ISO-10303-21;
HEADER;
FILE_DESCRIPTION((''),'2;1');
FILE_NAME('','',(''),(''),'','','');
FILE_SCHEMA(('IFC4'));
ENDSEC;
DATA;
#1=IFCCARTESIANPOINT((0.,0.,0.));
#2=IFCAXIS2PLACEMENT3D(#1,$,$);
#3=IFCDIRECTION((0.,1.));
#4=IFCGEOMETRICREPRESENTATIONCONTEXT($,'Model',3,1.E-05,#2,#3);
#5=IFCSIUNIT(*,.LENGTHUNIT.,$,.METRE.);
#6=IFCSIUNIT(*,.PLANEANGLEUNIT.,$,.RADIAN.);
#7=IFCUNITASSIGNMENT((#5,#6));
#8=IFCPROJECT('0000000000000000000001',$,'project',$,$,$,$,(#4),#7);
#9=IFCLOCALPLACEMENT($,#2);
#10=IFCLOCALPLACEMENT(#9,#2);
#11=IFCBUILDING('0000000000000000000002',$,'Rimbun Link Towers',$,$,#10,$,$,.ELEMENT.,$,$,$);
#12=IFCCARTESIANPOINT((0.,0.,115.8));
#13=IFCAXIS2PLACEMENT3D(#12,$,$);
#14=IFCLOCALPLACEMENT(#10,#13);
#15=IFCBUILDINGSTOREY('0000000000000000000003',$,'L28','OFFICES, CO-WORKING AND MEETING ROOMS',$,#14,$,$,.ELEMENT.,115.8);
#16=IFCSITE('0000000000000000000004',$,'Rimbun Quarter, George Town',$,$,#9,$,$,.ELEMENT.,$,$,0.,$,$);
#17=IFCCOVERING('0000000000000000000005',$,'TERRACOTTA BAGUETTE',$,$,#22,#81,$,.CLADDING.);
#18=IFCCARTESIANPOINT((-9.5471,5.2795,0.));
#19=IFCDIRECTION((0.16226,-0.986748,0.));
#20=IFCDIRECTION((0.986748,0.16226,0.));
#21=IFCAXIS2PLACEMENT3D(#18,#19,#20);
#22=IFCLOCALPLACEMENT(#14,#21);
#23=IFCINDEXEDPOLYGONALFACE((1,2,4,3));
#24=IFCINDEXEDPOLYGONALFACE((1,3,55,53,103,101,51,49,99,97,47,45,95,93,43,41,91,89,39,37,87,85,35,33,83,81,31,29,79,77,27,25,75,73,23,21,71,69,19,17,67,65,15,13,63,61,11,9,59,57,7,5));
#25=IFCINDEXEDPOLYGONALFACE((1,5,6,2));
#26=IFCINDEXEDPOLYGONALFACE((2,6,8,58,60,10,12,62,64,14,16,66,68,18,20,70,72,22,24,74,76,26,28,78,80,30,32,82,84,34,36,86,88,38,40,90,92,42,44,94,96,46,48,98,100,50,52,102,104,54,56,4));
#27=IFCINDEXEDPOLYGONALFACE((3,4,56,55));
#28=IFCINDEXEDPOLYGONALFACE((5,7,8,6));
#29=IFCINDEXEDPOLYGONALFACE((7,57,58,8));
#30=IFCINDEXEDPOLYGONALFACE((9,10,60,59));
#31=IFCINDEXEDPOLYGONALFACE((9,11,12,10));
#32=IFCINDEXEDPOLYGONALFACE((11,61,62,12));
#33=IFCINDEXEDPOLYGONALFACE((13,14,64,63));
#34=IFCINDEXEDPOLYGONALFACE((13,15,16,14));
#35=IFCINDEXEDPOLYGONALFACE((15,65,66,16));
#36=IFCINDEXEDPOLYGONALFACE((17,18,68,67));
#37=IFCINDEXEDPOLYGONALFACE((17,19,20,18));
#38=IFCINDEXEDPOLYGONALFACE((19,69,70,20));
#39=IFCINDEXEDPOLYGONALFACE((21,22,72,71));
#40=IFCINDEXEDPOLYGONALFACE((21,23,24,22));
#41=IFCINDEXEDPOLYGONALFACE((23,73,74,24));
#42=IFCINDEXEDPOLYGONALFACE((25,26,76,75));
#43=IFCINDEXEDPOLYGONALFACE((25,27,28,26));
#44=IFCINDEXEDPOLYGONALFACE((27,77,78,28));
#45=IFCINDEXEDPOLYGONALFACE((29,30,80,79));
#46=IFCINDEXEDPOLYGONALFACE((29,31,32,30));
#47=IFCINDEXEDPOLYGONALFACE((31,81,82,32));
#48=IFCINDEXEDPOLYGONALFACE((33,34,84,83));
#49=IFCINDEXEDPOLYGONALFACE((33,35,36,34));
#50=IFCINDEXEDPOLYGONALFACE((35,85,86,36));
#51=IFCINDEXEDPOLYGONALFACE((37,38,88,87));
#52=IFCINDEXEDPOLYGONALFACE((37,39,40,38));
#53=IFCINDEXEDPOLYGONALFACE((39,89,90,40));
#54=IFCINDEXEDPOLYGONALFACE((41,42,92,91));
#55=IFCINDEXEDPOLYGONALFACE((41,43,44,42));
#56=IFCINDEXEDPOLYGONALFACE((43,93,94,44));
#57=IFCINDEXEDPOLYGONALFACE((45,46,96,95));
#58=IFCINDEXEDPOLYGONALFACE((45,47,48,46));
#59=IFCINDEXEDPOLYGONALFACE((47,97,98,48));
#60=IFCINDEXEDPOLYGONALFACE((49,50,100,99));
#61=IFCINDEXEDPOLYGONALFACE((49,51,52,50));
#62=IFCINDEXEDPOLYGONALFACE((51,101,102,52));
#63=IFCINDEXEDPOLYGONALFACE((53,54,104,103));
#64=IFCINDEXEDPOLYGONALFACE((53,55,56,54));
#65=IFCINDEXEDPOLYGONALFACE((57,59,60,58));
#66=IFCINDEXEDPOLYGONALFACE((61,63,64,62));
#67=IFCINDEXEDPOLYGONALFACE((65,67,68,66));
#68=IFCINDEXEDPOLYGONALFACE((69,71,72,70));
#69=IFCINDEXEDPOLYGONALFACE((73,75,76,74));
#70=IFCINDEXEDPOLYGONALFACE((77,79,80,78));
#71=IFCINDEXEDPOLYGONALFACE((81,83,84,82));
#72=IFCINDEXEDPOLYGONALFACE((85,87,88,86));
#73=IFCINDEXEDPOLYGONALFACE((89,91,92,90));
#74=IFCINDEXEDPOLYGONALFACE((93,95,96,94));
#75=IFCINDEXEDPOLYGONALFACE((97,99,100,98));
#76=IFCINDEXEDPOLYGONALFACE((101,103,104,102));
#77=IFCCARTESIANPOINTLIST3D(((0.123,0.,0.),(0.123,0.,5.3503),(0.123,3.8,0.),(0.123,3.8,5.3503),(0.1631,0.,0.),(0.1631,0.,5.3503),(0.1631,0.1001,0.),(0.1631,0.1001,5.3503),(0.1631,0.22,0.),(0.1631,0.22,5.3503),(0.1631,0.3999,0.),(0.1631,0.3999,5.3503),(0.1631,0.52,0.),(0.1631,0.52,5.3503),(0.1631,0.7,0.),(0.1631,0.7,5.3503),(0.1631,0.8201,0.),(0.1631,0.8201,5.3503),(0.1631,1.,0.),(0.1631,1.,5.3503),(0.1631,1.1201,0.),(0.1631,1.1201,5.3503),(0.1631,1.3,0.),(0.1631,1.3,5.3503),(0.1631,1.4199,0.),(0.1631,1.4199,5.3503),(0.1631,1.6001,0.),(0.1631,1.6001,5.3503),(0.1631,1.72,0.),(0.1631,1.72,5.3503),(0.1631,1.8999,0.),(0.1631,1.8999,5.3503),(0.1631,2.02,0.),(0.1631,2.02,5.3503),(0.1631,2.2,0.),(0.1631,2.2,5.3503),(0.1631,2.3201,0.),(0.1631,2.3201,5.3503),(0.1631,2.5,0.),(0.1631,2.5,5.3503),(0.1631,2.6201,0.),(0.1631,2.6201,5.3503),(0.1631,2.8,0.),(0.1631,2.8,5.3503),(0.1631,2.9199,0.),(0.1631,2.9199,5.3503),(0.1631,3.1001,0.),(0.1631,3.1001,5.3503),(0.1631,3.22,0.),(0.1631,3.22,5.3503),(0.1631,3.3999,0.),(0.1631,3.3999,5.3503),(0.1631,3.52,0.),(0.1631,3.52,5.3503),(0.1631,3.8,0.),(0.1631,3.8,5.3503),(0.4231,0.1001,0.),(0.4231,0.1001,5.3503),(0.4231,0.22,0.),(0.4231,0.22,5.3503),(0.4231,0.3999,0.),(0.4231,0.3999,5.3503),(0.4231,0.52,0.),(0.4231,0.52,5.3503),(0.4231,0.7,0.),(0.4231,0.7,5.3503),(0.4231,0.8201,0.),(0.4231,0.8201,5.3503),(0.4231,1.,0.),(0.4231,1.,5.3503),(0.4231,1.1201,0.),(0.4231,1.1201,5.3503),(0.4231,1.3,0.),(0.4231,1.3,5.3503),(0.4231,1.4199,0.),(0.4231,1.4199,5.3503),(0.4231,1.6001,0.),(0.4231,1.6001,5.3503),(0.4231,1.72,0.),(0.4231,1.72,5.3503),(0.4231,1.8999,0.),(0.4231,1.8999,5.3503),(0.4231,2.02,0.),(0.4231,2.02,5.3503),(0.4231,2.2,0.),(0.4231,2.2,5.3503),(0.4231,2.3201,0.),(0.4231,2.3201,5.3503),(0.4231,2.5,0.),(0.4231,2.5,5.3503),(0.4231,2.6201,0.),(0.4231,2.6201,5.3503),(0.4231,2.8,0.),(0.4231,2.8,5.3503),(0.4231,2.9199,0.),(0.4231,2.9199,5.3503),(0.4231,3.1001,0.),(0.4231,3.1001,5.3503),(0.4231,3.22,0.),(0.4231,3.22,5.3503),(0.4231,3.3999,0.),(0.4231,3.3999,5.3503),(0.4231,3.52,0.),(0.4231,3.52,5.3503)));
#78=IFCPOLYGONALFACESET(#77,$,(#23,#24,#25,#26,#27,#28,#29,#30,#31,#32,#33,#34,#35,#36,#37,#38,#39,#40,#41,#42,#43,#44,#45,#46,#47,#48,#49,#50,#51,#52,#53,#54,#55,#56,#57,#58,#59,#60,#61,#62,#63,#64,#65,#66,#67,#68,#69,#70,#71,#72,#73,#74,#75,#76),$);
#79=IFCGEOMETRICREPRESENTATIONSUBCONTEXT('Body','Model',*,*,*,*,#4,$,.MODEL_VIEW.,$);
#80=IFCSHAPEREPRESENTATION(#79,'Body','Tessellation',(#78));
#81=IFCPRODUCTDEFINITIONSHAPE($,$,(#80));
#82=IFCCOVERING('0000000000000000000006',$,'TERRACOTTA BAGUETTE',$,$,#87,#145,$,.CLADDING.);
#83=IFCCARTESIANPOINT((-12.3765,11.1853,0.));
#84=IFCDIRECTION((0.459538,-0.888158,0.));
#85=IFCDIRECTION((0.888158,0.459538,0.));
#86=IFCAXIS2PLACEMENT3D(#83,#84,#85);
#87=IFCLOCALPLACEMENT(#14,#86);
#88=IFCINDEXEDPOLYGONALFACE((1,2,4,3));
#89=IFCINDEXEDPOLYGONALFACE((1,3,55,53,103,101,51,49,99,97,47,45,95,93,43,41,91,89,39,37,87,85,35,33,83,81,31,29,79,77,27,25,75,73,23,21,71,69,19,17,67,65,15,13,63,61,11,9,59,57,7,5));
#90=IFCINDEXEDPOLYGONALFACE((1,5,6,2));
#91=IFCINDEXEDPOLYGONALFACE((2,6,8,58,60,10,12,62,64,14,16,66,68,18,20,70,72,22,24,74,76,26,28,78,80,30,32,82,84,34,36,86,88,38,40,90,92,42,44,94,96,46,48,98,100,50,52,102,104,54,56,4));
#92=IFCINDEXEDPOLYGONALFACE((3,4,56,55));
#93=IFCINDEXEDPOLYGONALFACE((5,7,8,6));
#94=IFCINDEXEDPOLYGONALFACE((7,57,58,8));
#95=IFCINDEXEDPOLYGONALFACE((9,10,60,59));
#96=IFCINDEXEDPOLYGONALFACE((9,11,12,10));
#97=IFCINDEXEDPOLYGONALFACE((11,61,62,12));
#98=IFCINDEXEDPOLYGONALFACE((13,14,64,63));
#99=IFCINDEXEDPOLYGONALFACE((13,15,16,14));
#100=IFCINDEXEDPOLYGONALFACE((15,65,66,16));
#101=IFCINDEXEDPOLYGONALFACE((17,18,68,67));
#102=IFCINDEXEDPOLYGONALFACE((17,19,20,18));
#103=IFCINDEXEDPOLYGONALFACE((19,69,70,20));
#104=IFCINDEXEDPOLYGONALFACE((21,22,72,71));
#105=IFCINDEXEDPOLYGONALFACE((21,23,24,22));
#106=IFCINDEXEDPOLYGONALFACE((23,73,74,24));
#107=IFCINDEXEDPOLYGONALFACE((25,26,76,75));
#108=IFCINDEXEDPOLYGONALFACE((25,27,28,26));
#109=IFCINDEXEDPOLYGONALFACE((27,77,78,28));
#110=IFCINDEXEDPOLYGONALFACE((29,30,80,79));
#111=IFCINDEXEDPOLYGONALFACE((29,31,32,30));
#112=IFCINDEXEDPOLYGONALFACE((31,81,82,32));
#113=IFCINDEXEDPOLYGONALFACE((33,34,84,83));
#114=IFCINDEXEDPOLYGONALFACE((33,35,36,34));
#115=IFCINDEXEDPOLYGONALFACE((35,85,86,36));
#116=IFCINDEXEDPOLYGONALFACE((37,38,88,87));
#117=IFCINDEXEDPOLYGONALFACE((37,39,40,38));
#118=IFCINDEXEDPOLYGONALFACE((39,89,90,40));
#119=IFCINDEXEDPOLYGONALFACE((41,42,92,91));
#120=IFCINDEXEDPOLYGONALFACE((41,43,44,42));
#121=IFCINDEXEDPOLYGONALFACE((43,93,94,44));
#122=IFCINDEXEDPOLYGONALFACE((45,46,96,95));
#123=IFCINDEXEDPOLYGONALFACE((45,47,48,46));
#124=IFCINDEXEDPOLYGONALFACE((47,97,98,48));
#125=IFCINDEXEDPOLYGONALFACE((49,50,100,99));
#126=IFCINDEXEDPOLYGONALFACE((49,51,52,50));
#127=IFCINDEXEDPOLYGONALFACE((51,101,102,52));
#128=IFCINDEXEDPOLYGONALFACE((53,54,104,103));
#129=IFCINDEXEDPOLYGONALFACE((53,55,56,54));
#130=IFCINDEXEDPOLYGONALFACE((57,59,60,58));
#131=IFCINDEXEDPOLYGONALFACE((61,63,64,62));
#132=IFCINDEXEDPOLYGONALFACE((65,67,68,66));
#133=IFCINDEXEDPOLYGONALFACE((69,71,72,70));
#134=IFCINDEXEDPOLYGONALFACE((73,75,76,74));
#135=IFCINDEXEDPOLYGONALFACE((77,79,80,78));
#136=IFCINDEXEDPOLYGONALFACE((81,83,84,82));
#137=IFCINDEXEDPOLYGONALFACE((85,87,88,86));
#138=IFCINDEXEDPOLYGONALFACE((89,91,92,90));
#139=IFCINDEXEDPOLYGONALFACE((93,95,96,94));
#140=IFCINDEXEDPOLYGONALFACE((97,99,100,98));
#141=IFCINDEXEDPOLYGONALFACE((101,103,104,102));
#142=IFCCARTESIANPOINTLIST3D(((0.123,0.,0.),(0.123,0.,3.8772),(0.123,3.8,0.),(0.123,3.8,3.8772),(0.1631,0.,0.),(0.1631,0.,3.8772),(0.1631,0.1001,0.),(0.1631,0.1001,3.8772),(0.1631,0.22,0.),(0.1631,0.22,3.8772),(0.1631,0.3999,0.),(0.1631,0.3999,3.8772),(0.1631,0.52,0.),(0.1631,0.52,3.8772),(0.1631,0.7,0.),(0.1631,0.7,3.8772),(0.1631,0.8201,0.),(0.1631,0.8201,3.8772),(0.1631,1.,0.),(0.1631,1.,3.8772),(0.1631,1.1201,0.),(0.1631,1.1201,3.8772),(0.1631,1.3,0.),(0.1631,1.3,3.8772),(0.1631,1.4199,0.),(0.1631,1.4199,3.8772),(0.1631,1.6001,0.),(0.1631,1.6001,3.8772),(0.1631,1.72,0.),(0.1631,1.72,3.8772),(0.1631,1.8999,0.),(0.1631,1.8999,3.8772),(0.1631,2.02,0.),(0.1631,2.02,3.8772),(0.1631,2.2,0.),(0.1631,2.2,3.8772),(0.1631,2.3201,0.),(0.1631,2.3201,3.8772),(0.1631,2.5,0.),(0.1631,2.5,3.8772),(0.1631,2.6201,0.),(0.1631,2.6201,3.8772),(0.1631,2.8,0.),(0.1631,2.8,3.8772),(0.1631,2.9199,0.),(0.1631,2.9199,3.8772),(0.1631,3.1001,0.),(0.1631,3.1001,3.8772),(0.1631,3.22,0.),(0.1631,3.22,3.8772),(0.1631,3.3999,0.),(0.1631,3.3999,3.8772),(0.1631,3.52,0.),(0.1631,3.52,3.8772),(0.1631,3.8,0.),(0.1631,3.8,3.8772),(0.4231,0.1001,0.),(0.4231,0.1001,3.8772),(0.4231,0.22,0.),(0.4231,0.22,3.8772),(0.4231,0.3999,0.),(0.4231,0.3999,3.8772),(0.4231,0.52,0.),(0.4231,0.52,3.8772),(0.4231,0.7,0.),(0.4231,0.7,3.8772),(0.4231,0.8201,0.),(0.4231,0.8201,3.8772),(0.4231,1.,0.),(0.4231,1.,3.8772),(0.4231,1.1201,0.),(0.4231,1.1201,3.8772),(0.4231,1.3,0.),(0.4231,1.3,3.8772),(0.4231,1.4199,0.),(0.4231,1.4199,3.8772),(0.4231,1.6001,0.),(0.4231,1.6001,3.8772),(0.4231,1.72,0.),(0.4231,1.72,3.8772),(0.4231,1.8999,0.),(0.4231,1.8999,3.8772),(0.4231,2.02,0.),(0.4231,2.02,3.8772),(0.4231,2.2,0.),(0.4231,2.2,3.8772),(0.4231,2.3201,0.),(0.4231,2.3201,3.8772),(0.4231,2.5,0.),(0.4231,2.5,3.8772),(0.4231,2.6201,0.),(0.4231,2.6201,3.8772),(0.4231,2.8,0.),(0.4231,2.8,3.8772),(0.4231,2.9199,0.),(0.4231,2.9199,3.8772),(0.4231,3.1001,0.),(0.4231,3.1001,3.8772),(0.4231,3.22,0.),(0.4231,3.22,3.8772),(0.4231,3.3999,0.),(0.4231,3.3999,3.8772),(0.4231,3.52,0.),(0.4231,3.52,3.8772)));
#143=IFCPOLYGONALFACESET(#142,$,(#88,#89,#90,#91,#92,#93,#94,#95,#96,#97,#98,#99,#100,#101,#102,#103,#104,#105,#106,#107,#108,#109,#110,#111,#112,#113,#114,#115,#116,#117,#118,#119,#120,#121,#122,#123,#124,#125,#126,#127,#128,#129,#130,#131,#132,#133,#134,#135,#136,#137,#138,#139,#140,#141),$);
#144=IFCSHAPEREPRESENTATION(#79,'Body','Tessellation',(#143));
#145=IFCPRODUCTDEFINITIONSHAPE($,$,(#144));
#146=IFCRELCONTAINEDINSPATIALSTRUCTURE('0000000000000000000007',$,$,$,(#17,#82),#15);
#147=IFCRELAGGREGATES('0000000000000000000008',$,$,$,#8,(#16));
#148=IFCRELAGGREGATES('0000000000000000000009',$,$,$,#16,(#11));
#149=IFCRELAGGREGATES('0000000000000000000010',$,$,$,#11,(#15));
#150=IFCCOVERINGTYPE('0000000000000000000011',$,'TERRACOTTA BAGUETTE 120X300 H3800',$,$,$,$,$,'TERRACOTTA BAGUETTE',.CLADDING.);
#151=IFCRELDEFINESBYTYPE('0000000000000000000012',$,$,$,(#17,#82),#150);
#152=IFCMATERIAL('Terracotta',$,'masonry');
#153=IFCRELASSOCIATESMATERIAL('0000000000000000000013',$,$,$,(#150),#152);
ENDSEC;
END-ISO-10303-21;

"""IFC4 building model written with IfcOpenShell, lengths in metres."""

from ifc_helpers import new_model, si_unit, direction, frame, origin, place, context, subcontext, project, spatial, polyline, outline, extrude, material, material_profile, profile_set, type_object, element, save


model = new_model("IFC4")

# Units and contexts
model_context = context("Model", 3, precision=1e-05, world=origin(), true_north=direction((0.0, 1.0)))
body_context = subcontext(model_context, "Body", "Model", "MODEL_VIEW")
ifc_project = project(units=[si_unit("LENGTHUNIT", "METRE"), si_unit("PLANEANGLEUNIT", "RADIAN")], contexts=[model_context])

# Site, building, storey
site_placement = place(None, origin())
site = spatial("IfcSite", under=ifc_project, at=site_placement, Name="Rimbun Quarter, George Town", CompositionType="ELEMENT", RefElevation=0.0)
building_placement = place(site_placement, origin())
building = spatial("IfcBuilding", under=site, at=building_placement, Name="Rimbun Link Towers", CompositionType="ELEMENT")
storey_placement = place(building_placement, frame((0.0, 0.0, 115.8)))
storey = spatial("IfcBuildingStorey", under=building, at=storey_placement, Name="L28", Description="OFFICES, CO-WORKING AND MEETING ROOMS", CompositionType="ELEMENT", Elevation=115.8)

# Coverings
ifc_material_1 = material(Name="Terracotta", Category="masonry")
ifc_material_profile_1 = material_profile(ifc_material_1, outline(polyline([(0.123, 0.0), (0.1631, 0.0), (0.1631, 0.1001), (0.4231, 0.1001), (0.4231, 0.22), (0.1631, 0.22), (0.1631, 0.3999), (0.4231, 0.3999), (0.4231, 0.52), (0.1631, 0.52), (0.1631, 0.7), (0.4231, 0.7), (0.4231, 0.8201), (0.1631, 0.8201), (0.1631, 1.0), (0.4231, 1.0), (0.4231, 1.1201), (0.1631, 1.1201), (0.1631, 1.3), (0.4231, 1.3), (0.4231, 1.4199), (0.1631, 1.4199), (0.1631, 1.6001), (0.4231, 1.6001), (0.4231, 1.72), (0.1631, 1.72), (0.1631, 1.8999), (0.4231, 1.8999), (0.4231, 2.02), (0.1631, 2.02), (0.1631, 2.2), (0.4231, 2.2), (0.4231, 2.3201), (0.1631, 2.3201), (0.1631, 2.5), (0.4231, 2.5), (0.4231, 2.6201), (0.1631, 2.6201), (0.1631, 2.8), (0.4231, 2.8), (0.4231, 2.9199), (0.1631, 2.9199), (0.1631, 3.1001), (0.4231, 3.1001), (0.4231, 3.22), (0.1631, 3.22), (0.1631, 3.3999), (0.4231, 3.3999), (0.4231, 3.52), (0.1631, 3.52), (0.1631, 3.8), (0.123, 3.8), (0.123, 0.0)])), Name="BAGUETTE 120X300")
ifc_profile_set_1 = profile_set([ifc_material_profile_1], Name="Terracotta")
covering_type_1 = type_object("IfcCoveringType", Name="TERRACOTTA BAGUETTE 120X300 H3800", ElementType="TERRACOTTA BAGUETTE", PredefinedType="CLADDING", material=ifc_profile_set_1)
covering_1_placement = place(storey_placement, frame((-9.5471, 5.2795, 0.0), z_axis=(0.16226, -0.986748, 0.0), x_axis=(0.986748, 0.16226, 0.0)))
element("IfcCovering", 1, at=covering_1_placement, inside=storey, type_object=covering_type_1, Name="TERRACOTTA BAGUETTE", PredefinedType="CLADDING", context=body_context, shape_type="SweptSolid", body=[
    extrude(outline(polyline([(0.123, 0.0), (0.1631, 0.0), (0.1631, 0.1001), (0.4231, 0.1001), (0.4231, 0.22), (0.1631, 0.22), (0.1631, 0.3999), (0.4231, 0.3999), (0.4231, 0.52), (0.1631, 0.52), (0.1631, 0.7), (0.4231, 0.7), (0.4231, 0.8201), (0.1631, 0.8201), (0.1631, 1.0), (0.4231, 1.0), (0.4231, 1.1201), (0.1631, 1.1201), (0.1631, 1.3), (0.4231, 1.3), (0.4231, 1.4199), (0.1631, 1.4199), (0.1631, 1.6001), (0.4231, 1.6001), (0.4231, 1.72), (0.1631, 1.72), (0.1631, 1.8999), (0.4231, 1.8999), (0.4231, 2.02), (0.1631, 2.02), (0.1631, 2.2), (0.4231, 2.2), (0.4231, 2.3201), (0.1631, 2.3201), (0.1631, 2.5), (0.4231, 2.5), (0.4231, 2.6201), (0.1631, 2.6201), (0.1631, 2.8), (0.4231, 2.8), (0.4231, 2.9199), (0.1631, 2.9199), (0.1631, 3.1001), (0.4231, 3.1001), (0.4231, 3.22), (0.1631, 3.22), (0.1631, 3.3999), (0.4231, 3.3999), (0.4231, 3.52), (0.1631, 3.52), (0.1631, 3.8), (0.123, 3.8), (0.123, 0.0)])), origin(), (0.0, 0.0, 1.0), 5.3503),
])
covering_2_placement = place(storey_placement, frame((-12.3765, 11.1853, 0.0), z_axis=(0.459538, -0.888158, 0.0), x_axis=(0.888158, 0.459538, 0.0)))
element("IfcCovering", 2, at=covering_2_placement, inside=storey, type_object=covering_type_1, Name="TERRACOTTA BAGUETTE", PredefinedType="CLADDING", context=body_context, shape_type="SweptSolid", body=[
    extrude(outline(polyline([(0.123, 0.0), (0.1631, 0.0), (0.1631, 0.1001), (0.4231, 0.1001), (0.4231, 0.22), (0.1631, 0.22), (0.1631, 0.3999), (0.4231, 0.3999), (0.4231, 0.52), (0.1631, 0.52), (0.1631, 0.7), (0.4231, 0.7), (0.4231, 0.8201), (0.1631, 0.8201), (0.1631, 1.0), (0.4231, 1.0), (0.4231, 1.1201), (0.1631, 1.1201), (0.1631, 1.3), (0.4231, 1.3), (0.4231, 1.4199), (0.1631, 1.4199), (0.1631, 1.6001), (0.4231, 1.6001), (0.4231, 1.72), (0.1631, 1.72), (0.1631, 1.8999), (0.4231, 1.8999), (0.4231, 2.02), (0.1631, 2.02), (0.1631, 2.2), (0.4231, 2.2), (0.4231, 2.3201), (0.1631, 2.3201), (0.1631, 2.5), (0.4231, 2.5), (0.4231, 2.6201), (0.1631, 2.6201), (0.1631, 2.8), (0.4231, 2.8), (0.4231, 2.9199), (0.1631, 2.9199), (0.1631, 3.1001), (0.4231, 3.1001), (0.4231, 3.22), (0.1631, 3.22), (0.1631, 3.3999), (0.4231, 3.3999), (0.4231, 3.52), (0.1631, 3.52), (0.1631, 3.8), (0.123, 3.8), (0.123, 0.0)])), origin(), (0.0, 0.0, 1.0), 3.8772),
])

save(model, "model.ifc")
